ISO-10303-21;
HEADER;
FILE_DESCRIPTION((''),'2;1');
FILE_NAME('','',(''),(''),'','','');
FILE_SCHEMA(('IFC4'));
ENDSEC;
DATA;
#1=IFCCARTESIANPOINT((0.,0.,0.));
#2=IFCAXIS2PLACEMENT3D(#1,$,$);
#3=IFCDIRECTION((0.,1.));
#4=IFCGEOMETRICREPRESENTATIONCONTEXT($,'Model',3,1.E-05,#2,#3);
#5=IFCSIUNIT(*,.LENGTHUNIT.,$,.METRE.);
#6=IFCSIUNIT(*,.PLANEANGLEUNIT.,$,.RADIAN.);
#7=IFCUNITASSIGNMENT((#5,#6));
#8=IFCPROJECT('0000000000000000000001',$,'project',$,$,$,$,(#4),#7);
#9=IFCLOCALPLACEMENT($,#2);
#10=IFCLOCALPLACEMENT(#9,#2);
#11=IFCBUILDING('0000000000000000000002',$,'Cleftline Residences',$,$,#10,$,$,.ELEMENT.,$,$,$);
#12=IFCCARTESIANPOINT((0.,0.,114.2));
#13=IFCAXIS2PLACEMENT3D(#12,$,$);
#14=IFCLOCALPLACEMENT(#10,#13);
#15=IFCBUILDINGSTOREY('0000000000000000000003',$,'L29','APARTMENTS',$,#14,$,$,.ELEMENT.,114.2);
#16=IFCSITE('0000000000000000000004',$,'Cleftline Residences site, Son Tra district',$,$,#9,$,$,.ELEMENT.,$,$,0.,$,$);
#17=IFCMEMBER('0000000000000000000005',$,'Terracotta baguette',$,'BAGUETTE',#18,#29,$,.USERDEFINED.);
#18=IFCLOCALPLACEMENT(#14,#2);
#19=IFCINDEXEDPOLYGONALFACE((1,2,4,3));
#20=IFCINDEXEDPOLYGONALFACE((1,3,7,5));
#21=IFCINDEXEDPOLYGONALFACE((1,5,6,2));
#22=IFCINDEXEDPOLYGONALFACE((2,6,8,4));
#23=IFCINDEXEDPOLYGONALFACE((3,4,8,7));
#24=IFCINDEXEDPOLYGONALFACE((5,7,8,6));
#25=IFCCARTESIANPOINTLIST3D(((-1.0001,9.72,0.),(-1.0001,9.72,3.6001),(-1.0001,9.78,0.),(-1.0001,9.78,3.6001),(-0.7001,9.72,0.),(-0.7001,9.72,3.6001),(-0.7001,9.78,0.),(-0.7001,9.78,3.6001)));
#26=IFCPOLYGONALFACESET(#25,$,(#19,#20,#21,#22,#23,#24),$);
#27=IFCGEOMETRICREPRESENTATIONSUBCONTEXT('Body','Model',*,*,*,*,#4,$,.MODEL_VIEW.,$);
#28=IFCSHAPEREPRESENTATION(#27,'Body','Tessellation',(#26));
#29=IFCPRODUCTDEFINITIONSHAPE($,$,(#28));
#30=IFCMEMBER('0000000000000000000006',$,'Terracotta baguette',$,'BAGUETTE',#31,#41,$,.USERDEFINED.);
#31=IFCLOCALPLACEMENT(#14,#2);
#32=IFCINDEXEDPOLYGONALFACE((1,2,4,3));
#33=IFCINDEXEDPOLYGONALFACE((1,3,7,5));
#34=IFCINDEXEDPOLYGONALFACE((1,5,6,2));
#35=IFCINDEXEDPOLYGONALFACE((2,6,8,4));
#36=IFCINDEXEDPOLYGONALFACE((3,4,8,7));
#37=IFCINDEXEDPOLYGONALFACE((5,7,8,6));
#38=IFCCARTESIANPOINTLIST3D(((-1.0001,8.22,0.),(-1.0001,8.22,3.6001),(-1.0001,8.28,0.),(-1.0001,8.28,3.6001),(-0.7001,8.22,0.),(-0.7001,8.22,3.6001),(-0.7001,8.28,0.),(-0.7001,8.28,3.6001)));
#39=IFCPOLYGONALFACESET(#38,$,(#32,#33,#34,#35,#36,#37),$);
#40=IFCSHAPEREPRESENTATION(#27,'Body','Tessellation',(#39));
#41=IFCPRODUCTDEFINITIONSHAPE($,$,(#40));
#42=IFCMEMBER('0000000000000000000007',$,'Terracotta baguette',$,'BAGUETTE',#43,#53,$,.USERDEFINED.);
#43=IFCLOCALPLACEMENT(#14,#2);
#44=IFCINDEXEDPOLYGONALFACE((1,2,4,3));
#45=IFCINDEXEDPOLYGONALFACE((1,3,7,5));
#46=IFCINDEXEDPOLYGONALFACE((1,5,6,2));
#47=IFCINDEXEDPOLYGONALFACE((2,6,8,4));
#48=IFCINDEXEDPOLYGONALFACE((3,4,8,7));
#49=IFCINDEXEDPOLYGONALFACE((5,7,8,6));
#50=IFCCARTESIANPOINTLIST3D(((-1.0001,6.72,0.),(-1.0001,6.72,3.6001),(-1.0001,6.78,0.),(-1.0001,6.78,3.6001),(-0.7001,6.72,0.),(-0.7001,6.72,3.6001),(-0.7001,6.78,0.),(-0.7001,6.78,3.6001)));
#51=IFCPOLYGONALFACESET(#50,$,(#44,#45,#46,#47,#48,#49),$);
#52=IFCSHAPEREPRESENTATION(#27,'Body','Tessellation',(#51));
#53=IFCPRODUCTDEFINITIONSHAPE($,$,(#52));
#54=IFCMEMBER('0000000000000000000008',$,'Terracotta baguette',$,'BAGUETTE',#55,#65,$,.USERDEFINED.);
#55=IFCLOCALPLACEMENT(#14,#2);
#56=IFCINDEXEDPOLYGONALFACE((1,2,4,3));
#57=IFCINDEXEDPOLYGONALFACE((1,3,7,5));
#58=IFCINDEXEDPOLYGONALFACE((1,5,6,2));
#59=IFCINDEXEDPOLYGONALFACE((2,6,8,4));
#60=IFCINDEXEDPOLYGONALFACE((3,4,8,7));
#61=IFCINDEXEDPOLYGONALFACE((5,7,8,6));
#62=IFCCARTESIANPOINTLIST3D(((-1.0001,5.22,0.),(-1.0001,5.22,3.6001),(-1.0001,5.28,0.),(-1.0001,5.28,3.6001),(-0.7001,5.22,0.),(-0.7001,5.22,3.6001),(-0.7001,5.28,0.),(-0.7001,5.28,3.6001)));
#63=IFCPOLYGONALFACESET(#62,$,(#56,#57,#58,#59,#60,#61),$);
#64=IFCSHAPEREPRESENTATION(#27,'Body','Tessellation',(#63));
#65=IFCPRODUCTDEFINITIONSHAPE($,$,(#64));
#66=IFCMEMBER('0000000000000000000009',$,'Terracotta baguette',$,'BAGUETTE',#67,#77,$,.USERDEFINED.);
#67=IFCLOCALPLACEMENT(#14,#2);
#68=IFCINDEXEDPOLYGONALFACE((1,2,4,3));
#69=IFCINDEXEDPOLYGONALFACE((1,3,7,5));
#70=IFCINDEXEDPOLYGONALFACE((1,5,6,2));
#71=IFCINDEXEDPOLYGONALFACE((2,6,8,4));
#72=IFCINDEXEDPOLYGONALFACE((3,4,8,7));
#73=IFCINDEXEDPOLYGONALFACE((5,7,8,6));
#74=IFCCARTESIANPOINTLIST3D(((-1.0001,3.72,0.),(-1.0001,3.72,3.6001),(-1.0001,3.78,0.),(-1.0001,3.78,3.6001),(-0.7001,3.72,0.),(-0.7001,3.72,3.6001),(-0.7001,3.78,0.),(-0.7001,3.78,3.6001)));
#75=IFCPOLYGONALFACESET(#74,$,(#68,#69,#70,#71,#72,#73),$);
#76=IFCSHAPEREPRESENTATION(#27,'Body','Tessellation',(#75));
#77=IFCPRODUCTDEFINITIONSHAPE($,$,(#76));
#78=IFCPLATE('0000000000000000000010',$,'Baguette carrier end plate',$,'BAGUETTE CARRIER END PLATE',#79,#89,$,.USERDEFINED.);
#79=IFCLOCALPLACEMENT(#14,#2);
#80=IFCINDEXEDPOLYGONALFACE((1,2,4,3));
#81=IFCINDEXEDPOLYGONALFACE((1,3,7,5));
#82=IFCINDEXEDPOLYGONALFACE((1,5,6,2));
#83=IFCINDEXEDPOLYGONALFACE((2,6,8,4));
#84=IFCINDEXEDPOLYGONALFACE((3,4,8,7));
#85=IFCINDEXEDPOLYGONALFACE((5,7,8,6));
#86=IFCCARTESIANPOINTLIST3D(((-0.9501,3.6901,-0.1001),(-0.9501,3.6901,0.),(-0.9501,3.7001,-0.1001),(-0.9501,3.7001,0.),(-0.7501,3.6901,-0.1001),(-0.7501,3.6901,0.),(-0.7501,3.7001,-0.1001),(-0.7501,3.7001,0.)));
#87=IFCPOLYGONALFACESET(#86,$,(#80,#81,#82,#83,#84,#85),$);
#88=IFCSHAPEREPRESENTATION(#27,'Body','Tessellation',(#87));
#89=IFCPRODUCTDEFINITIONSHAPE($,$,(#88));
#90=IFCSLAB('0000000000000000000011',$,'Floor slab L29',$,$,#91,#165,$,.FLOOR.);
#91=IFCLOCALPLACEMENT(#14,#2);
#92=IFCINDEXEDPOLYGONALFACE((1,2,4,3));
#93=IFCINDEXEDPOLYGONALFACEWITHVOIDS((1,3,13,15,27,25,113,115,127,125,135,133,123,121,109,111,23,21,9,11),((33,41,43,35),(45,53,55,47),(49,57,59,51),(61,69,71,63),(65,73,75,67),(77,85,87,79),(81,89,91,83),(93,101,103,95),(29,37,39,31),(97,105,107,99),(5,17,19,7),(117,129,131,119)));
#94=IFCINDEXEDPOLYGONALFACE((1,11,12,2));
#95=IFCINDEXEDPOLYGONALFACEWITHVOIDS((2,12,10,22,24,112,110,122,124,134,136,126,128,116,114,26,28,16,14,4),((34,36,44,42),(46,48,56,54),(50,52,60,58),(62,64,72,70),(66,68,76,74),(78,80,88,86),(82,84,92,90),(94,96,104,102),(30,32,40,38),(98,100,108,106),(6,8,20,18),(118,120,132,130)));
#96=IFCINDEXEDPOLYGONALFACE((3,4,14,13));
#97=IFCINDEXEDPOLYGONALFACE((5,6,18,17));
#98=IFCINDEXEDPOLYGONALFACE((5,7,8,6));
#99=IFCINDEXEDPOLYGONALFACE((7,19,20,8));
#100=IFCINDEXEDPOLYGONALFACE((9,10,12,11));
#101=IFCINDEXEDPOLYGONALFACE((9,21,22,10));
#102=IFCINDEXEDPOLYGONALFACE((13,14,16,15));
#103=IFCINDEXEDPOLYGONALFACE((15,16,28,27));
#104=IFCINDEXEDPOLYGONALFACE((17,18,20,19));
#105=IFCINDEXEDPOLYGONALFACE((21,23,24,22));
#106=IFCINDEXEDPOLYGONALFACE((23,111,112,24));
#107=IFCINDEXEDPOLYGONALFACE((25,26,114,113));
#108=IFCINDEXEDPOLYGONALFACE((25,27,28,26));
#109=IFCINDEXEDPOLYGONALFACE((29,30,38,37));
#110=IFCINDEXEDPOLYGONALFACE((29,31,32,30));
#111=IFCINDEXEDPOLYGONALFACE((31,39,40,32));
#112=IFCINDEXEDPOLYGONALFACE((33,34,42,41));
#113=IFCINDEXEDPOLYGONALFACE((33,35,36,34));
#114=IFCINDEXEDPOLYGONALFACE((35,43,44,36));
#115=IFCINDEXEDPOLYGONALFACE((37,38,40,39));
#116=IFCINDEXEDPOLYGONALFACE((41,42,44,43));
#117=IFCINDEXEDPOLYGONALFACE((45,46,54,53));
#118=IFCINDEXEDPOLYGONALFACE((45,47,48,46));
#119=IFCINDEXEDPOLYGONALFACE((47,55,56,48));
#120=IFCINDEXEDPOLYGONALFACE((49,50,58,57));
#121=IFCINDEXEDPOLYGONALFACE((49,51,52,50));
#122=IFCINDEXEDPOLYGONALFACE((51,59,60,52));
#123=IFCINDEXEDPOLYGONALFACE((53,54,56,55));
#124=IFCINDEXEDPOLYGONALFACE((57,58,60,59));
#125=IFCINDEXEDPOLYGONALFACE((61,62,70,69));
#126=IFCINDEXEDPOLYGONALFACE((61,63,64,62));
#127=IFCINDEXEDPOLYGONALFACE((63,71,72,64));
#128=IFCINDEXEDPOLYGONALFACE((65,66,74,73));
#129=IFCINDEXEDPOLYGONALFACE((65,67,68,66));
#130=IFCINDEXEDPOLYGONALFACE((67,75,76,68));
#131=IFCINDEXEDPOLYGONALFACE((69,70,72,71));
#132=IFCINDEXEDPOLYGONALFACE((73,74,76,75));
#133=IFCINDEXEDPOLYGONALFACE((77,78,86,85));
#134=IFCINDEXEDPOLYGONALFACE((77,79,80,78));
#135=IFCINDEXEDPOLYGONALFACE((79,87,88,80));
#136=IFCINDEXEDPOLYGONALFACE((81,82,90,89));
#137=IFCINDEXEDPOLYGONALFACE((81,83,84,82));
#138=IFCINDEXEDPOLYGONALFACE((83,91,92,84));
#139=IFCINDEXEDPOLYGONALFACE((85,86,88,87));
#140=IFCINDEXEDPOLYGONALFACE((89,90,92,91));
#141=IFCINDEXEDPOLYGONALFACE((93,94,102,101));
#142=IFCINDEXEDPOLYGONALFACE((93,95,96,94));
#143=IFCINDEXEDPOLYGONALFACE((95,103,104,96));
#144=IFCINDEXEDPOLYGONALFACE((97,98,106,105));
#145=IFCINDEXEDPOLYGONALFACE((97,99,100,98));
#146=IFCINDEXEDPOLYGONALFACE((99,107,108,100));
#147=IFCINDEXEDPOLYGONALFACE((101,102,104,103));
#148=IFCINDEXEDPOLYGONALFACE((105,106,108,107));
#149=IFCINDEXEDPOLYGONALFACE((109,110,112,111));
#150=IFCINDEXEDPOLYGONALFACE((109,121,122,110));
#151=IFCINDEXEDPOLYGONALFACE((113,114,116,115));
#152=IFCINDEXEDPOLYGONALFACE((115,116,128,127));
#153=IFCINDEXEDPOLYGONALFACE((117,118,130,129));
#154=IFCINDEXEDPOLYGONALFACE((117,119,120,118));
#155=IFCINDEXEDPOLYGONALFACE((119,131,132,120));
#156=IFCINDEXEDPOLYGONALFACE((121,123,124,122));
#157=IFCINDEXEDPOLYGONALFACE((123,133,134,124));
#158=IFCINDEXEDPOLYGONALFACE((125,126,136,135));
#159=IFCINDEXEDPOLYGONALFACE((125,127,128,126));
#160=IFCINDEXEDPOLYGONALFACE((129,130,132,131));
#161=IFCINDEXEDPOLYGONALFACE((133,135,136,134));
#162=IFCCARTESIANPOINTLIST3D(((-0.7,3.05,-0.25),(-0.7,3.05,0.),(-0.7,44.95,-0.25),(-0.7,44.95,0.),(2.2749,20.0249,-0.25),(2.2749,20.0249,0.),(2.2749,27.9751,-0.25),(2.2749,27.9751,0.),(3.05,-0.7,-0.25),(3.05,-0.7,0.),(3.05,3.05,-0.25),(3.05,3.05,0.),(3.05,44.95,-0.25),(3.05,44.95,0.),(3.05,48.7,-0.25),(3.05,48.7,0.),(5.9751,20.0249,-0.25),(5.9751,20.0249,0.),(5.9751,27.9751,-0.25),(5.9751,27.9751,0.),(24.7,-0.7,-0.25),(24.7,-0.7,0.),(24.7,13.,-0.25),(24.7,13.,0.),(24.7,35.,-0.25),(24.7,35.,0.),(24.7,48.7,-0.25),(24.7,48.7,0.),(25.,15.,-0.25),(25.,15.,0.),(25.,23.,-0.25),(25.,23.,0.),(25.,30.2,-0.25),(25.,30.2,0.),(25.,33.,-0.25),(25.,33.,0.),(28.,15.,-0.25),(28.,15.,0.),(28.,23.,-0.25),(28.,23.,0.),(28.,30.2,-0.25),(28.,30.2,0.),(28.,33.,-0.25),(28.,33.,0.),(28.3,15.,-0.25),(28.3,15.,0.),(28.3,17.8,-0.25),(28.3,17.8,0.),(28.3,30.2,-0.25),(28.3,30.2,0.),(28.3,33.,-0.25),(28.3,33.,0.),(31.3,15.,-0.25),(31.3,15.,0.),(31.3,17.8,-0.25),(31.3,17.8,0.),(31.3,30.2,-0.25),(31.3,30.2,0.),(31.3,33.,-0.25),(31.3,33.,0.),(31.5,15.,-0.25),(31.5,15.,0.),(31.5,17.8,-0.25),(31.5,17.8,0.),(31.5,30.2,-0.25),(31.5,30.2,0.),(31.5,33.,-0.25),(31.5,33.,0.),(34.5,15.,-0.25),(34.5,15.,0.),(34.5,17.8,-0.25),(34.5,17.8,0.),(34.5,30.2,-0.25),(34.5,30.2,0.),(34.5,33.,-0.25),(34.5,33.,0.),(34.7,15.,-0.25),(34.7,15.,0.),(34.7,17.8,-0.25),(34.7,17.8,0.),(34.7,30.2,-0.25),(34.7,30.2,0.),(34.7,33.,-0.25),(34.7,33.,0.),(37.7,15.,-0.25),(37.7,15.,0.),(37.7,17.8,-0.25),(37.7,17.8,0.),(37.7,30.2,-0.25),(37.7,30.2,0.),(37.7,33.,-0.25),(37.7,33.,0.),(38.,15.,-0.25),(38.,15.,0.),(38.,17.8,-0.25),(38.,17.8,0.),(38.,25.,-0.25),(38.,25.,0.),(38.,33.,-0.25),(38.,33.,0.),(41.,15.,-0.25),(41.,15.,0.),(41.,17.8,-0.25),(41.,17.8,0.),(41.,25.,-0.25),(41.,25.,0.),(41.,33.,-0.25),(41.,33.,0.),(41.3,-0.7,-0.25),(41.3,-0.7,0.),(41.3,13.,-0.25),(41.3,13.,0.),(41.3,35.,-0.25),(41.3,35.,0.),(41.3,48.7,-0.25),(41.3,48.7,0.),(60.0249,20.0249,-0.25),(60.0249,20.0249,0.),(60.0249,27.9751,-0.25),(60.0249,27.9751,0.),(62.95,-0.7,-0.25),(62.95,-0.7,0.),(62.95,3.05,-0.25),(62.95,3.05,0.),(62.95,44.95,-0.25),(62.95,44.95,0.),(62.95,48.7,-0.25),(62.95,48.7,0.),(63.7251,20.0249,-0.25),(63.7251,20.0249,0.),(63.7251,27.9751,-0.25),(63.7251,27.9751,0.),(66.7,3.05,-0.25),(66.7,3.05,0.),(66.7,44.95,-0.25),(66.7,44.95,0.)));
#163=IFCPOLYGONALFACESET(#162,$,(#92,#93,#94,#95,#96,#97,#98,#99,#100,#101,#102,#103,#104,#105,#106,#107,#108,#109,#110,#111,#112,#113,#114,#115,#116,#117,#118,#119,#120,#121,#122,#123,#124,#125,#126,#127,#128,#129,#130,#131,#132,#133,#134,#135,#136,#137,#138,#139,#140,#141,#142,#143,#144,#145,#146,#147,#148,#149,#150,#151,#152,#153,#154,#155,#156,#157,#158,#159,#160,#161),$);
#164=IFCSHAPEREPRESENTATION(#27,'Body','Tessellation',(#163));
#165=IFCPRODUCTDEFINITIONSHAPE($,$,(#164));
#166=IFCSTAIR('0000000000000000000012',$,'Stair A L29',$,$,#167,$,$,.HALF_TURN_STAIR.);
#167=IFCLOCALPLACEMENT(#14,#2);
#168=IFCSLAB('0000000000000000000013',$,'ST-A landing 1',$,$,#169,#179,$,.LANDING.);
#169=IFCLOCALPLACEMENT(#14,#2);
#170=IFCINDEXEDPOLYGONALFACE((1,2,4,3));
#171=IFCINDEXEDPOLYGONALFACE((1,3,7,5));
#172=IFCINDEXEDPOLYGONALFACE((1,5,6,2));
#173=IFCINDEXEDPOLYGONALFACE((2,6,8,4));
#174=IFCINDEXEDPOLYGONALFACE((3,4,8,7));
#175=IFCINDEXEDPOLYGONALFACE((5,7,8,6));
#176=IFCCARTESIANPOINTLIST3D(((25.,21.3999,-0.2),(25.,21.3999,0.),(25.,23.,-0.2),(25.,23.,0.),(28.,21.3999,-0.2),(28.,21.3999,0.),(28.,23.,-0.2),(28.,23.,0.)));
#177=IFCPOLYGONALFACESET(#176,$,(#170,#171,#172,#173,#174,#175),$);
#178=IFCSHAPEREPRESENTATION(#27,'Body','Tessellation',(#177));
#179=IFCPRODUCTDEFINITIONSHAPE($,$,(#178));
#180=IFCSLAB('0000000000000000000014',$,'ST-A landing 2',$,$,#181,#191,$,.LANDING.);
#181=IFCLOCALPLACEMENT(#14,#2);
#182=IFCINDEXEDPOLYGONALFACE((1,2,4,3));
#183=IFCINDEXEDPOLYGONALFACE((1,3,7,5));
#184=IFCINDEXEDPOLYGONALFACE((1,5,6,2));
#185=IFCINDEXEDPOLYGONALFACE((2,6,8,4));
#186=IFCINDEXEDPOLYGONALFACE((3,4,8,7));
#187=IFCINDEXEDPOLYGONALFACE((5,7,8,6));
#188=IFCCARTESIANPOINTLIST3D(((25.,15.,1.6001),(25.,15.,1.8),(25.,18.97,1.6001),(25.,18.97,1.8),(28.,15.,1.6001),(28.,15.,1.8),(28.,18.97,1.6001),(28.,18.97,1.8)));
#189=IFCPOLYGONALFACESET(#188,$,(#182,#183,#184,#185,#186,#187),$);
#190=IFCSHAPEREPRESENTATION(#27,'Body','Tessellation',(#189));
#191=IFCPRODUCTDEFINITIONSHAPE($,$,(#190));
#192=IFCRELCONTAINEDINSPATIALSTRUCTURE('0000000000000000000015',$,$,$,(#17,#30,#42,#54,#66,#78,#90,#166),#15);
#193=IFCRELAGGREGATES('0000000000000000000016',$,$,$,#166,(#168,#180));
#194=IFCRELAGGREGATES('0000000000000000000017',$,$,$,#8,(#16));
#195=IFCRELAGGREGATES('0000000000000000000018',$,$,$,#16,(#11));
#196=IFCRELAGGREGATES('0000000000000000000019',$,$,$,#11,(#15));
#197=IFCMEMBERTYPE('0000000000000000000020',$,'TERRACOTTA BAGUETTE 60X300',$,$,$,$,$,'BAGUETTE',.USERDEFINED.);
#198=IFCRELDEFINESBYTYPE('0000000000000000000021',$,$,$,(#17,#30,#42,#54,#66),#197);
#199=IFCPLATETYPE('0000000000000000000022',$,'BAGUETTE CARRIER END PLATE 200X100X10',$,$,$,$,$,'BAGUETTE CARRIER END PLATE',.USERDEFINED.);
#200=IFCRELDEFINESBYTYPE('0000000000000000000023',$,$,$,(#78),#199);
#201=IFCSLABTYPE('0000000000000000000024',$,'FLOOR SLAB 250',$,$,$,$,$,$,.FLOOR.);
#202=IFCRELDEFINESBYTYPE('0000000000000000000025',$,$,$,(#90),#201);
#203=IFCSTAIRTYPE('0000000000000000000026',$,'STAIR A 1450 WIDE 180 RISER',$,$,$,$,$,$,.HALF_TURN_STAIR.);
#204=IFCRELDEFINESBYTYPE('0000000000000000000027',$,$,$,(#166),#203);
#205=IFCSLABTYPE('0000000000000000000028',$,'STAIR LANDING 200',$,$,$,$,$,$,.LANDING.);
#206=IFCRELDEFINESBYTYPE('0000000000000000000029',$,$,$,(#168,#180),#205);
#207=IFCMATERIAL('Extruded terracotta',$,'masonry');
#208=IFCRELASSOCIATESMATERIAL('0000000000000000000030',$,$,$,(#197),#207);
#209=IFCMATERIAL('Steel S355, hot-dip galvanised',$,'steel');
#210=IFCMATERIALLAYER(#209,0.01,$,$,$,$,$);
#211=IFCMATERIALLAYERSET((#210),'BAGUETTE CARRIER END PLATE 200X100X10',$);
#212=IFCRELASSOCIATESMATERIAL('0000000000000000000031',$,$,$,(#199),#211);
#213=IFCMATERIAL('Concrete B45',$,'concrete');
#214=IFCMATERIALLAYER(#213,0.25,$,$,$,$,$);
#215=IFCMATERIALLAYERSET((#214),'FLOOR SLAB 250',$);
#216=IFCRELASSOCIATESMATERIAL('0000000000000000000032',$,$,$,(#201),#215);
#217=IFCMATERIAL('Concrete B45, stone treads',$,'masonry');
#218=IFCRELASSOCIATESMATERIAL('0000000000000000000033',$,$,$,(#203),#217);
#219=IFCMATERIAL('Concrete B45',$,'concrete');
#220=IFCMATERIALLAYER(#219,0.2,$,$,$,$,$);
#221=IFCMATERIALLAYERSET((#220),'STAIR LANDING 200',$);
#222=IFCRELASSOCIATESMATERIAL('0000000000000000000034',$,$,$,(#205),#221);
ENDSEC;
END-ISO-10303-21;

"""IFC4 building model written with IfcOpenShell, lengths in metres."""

from ifc_helpers import new_model, si_unit, direction, frame, origin, origin_2d, place, context, subcontext, project, spatial, polyline, rectangle, outline, extrude, material, layer, layer_set, material_profile, profile_set, type_object, element, aggregate, save


model = new_model("IFC4")

# Units and contexts
model_context = context("Model", 3, precision=1e-05, world=origin(), true_north=direction((0.0, 1.0)))
body_context = subcontext(model_context, "Body", "Model", "MODEL_VIEW")
ifc_project = project(units=[si_unit("LENGTHUNIT", "METRE"), si_unit("PLANEANGLEUNIT", "RADIAN")], contexts=[model_context])

# Site, building, storey
site_placement = place(None, origin())
site = spatial("IfcSite", under=ifc_project, at=site_placement, Name="Cleftline Residences site, Son Tra district", CompositionType="ELEMENT", RefElevation=0.0)
building_placement = place(site_placement, origin())
building = spatial("IfcBuilding", under=site, at=building_placement, Name="Cleftline Residences", CompositionType="ELEMENT")
storey_placement = place(building_placement, frame((0.0, 0.0, 114.2)))
storey = spatial("IfcBuildingStorey", under=building, at=storey_placement, Name="L29", Description="APARTMENTS", CompositionType="ELEMENT", Elevation=114.2)

# Members
ifc_material_1 = material(Name="Extruded terracotta", Category="masonry")
ifc_material_profile_1 = material_profile(ifc_material_1, rectangle(XDim=0.0601, YDim=0.3, at=origin_2d()))
ifc_profile_set_1 = profile_set([ifc_material_profile_1], Name="Extruded terracotta")
member_type_1 = type_object("IfcMemberType", Name="TERRACOTTA BAGUETTE 60X300", ElementType="BAGUETTE", PredefinedType="USERDEFINED", material=ifc_profile_set_1)
for number, where, z_axis, x_axis, name in (
    (1, (-0.8501, 9.75, 0.0), (0.0, 0.0, 1.0), (0.0, 1.0, 0.0), "Terracotta baguette"),
    (2, (-0.8501, 8.25, 0.0), (0.0, 0.0, 1.0), (0.0, 1.0, 0.0), "Terracotta baguette"),
    (3, (-0.8501, 6.75, 0.0), (0.0, 0.0, 1.0), (0.0, 1.0, 0.0), "Terracotta baguette"),
    (4, (-0.8501, 5.25, 0.0), (0.0, 0.0, 1.0), (0.0, 1.0, 0.0), "Terracotta baguette"),
    (5, (-0.8501, 3.75, 0.0), (0.0, 0.0, 1.0), (0.0, 1.0, 0.0), "Terracotta baguette"),
):
    element("IfcMember", number, at=place(storey_placement, frame(where, z_axis=z_axis, x_axis=x_axis)), inside=storey, type_object=member_type_1, Name=name, ObjectType="BAGUETTE", PredefinedType="USERDEFINED", context=body_context, shape_type="SweptSolid", body=[
        extrude(rectangle(XDim=0.0601, YDim=0.3, at=origin_2d()), origin(), (0.0, 0.0, 1.0), 3.6001),
    ])

# Plate
ifc_material_2 = material(Name="Steel S355, hot-dip galvanised", Category="steel")
ifc_layer_1 = layer(ifc_material_2, 0.01)
ifc_layer_set_1 = layer_set([ifc_layer_1], Name="BAGUETTE CARRIER END PLATE 200X100X10")
plate_type = type_object("IfcPlateType", Name="BAGUETTE CARRIER END PLATE 200X100X10", ElementType="BAGUETTE CARRIER END PLATE", PredefinedType="USERDEFINED", material=ifc_layer_set_1)
plate_placement = place(storey_placement, frame((-0.8501, 3.6951, -0.1001), z_axis=(0.0, 0.0, 1.0), x_axis=(-1.0, 0.0, 0.0)))
element("IfcPlate", 6, at=plate_placement, inside=storey, type_object=plate_type, Name="Baguette carrier end plate", ObjectType="BAGUETTE CARRIER END PLATE", PredefinedType="USERDEFINED", context=body_context, shape_type="SweptSolid", body=[
    extrude(rectangle(XDim=0.2, YDim=0.01, at=origin_2d()), origin(), (0.0, 0.0, 1.0), 0.1001),
])

# Slab
ifc_material_3 = material(Name="Concrete B45", Category="concrete")
ifc_layer_2 = layer(ifc_material_3, 0.25)
ifc_layer_set_2 = layer_set([ifc_layer_2], Name="FLOOR SLAB 250")
slab_type_1 = type_object("IfcSlabType", Name="FLOOR SLAB 250", PredefinedType="FLOOR", material=ifc_layer_set_2)
slab_1_placement = place(storey_placement, frame((0.0, 0.0, -0.25)))
element("IfcSlab", 7, at=slab_1_placement, inside=storey, type_object=slab_type_1, Name="Floor slab L29", PredefinedType="FLOOR", context=body_context, shape_type="SweptSolid", body=[
    extrude(outline(polyline([(24.7, 13.0), (41.3, 13.0), (41.3, -0.7), (62.95, -0.7), (62.95, 3.05), (66.7, 3.05), (66.7, 44.95), (62.95, 44.95), (62.95, 48.7), (41.3, 48.7), (41.3, 35.0), (24.7, 35.0), (24.7, 48.7), (3.05, 48.7), (3.05, 44.95), (-0.7, 44.95), (-0.7, 3.05), (3.05, 3.05), (3.05, -0.7), (24.7, -0.7), (24.7, 13.0)]), holes=[polyline([(28.0, 15.0), (28.0, 23.0), (25.0, 23.0), (25.0, 15.0), (28.0, 15.0)]), polyline([(41.0, 25.0), (41.0, 33.0), (38.0, 33.0), (38.0, 25.0), (41.0, 25.0)]), polyline([(28.0, 30.2), (28.0, 33.0), (25.0, 33.0), (25.0, 30.2), (28.0, 30.2)]), polyline([(41.0, 15.0), (41.0, 17.8), (38.0, 17.8), (38.0, 15.0), (41.0, 15.0)]), polyline([(31.3, 15.0), (31.3, 17.8), (28.3, 17.8), (28.3, 15.0), (31.3, 15.0)]), polyline([(34.5, 15.0), (34.5, 17.8), (31.5, 17.8), (31.5, 15.0), (34.5, 15.0)]), polyline([(37.7, 15.0), (37.7, 17.8), (34.7, 17.8), (34.7, 15.0), (37.7, 15.0)]), polyline([(31.3, 30.2), (31.3, 33.0), (28.3, 33.0), (28.3, 30.2), (31.3, 30.2)]), polyline([(34.5, 30.2), (34.5, 33.0), (31.5, 33.0), (31.5, 30.2), (34.5, 30.2)]), polyline([(37.7, 30.2), (37.7, 33.0), (34.7, 33.0), (34.7, 30.2), (37.7, 30.2)]), polyline([(63.7251, 20.0249), (63.7251, 27.9751), (60.0249, 27.9751), (60.0249, 20.0249), (63.7251, 20.0249)]), polyline([(5.9751, 20.0249), (5.9751, 27.9751), (2.2749, 27.9751), (2.2749, 20.0249), (5.9751, 20.0249)])]), origin(), (0.0, 0.0, 1.0), 0.25),
])

# Stair, slabs
ifc_material_4 = material(Name="Concrete B45, stone treads", Category="masonry")
stair_type_1 = type_object("IfcStairType", Name="STAIR A 1450 WIDE 180 RISER", PredefinedType="HALF_TURN_STAIR", material=ifc_material_4)
stair_1_placement = place(storey_placement, origin())
stair_1 = element("IfcStair", 8, at=stair_1_placement, inside=storey, type_object=stair_type_1, Name="Stair A L29", PredefinedType="HALF_TURN_STAIR")
ifc_material_5 = material(Name="Concrete B45", Category="concrete")
ifc_layer_3 = layer(ifc_material_5, 0.2)
ifc_layer_set_3 = layer_set([ifc_layer_3], Name="STAIR LANDING 200")
slab_type_2 = type_object("IfcSlabType", Name="STAIR LANDING 200", PredefinedType="LANDING", material=ifc_layer_set_3)
slab_2_placement = place(storey_placement, frame((0.0, 0.0, -0.2)))
slab_2 = element("IfcSlab", 9, at=slab_2_placement, type_object=slab_type_2, Name="ST-A landing 1", PredefinedType="LANDING", context=body_context, shape_type="SweptSolid", body=[
    extrude(outline(polyline([(25.0, 21.3999), (28.0, 21.3999), (28.0, 23.0), (25.0, 23.0), (25.0, 21.3999)])), origin(), (0.0, 0.0, 1.0), 0.2),
])
slab_3_placement = place(storey_placement, frame((0.0, 0.0, 1.6001)))
slab_3 = element("IfcSlab", 10, at=slab_3_placement, type_object=slab_type_2, Name="ST-A landing 2", PredefinedType="LANDING", context=body_context, shape_type="SweptSolid", body=[
    extrude(outline(polyline([(25.0, 15.0), (28.0, 15.0), (28.0, 18.97), (25.0, 18.97), (25.0, 15.0)])), origin(), (0.0, 0.0, 1.0), 0.2),
])
aggregate(stair_1, [slab_2, slab_3])

save(model, "model.ifc")
